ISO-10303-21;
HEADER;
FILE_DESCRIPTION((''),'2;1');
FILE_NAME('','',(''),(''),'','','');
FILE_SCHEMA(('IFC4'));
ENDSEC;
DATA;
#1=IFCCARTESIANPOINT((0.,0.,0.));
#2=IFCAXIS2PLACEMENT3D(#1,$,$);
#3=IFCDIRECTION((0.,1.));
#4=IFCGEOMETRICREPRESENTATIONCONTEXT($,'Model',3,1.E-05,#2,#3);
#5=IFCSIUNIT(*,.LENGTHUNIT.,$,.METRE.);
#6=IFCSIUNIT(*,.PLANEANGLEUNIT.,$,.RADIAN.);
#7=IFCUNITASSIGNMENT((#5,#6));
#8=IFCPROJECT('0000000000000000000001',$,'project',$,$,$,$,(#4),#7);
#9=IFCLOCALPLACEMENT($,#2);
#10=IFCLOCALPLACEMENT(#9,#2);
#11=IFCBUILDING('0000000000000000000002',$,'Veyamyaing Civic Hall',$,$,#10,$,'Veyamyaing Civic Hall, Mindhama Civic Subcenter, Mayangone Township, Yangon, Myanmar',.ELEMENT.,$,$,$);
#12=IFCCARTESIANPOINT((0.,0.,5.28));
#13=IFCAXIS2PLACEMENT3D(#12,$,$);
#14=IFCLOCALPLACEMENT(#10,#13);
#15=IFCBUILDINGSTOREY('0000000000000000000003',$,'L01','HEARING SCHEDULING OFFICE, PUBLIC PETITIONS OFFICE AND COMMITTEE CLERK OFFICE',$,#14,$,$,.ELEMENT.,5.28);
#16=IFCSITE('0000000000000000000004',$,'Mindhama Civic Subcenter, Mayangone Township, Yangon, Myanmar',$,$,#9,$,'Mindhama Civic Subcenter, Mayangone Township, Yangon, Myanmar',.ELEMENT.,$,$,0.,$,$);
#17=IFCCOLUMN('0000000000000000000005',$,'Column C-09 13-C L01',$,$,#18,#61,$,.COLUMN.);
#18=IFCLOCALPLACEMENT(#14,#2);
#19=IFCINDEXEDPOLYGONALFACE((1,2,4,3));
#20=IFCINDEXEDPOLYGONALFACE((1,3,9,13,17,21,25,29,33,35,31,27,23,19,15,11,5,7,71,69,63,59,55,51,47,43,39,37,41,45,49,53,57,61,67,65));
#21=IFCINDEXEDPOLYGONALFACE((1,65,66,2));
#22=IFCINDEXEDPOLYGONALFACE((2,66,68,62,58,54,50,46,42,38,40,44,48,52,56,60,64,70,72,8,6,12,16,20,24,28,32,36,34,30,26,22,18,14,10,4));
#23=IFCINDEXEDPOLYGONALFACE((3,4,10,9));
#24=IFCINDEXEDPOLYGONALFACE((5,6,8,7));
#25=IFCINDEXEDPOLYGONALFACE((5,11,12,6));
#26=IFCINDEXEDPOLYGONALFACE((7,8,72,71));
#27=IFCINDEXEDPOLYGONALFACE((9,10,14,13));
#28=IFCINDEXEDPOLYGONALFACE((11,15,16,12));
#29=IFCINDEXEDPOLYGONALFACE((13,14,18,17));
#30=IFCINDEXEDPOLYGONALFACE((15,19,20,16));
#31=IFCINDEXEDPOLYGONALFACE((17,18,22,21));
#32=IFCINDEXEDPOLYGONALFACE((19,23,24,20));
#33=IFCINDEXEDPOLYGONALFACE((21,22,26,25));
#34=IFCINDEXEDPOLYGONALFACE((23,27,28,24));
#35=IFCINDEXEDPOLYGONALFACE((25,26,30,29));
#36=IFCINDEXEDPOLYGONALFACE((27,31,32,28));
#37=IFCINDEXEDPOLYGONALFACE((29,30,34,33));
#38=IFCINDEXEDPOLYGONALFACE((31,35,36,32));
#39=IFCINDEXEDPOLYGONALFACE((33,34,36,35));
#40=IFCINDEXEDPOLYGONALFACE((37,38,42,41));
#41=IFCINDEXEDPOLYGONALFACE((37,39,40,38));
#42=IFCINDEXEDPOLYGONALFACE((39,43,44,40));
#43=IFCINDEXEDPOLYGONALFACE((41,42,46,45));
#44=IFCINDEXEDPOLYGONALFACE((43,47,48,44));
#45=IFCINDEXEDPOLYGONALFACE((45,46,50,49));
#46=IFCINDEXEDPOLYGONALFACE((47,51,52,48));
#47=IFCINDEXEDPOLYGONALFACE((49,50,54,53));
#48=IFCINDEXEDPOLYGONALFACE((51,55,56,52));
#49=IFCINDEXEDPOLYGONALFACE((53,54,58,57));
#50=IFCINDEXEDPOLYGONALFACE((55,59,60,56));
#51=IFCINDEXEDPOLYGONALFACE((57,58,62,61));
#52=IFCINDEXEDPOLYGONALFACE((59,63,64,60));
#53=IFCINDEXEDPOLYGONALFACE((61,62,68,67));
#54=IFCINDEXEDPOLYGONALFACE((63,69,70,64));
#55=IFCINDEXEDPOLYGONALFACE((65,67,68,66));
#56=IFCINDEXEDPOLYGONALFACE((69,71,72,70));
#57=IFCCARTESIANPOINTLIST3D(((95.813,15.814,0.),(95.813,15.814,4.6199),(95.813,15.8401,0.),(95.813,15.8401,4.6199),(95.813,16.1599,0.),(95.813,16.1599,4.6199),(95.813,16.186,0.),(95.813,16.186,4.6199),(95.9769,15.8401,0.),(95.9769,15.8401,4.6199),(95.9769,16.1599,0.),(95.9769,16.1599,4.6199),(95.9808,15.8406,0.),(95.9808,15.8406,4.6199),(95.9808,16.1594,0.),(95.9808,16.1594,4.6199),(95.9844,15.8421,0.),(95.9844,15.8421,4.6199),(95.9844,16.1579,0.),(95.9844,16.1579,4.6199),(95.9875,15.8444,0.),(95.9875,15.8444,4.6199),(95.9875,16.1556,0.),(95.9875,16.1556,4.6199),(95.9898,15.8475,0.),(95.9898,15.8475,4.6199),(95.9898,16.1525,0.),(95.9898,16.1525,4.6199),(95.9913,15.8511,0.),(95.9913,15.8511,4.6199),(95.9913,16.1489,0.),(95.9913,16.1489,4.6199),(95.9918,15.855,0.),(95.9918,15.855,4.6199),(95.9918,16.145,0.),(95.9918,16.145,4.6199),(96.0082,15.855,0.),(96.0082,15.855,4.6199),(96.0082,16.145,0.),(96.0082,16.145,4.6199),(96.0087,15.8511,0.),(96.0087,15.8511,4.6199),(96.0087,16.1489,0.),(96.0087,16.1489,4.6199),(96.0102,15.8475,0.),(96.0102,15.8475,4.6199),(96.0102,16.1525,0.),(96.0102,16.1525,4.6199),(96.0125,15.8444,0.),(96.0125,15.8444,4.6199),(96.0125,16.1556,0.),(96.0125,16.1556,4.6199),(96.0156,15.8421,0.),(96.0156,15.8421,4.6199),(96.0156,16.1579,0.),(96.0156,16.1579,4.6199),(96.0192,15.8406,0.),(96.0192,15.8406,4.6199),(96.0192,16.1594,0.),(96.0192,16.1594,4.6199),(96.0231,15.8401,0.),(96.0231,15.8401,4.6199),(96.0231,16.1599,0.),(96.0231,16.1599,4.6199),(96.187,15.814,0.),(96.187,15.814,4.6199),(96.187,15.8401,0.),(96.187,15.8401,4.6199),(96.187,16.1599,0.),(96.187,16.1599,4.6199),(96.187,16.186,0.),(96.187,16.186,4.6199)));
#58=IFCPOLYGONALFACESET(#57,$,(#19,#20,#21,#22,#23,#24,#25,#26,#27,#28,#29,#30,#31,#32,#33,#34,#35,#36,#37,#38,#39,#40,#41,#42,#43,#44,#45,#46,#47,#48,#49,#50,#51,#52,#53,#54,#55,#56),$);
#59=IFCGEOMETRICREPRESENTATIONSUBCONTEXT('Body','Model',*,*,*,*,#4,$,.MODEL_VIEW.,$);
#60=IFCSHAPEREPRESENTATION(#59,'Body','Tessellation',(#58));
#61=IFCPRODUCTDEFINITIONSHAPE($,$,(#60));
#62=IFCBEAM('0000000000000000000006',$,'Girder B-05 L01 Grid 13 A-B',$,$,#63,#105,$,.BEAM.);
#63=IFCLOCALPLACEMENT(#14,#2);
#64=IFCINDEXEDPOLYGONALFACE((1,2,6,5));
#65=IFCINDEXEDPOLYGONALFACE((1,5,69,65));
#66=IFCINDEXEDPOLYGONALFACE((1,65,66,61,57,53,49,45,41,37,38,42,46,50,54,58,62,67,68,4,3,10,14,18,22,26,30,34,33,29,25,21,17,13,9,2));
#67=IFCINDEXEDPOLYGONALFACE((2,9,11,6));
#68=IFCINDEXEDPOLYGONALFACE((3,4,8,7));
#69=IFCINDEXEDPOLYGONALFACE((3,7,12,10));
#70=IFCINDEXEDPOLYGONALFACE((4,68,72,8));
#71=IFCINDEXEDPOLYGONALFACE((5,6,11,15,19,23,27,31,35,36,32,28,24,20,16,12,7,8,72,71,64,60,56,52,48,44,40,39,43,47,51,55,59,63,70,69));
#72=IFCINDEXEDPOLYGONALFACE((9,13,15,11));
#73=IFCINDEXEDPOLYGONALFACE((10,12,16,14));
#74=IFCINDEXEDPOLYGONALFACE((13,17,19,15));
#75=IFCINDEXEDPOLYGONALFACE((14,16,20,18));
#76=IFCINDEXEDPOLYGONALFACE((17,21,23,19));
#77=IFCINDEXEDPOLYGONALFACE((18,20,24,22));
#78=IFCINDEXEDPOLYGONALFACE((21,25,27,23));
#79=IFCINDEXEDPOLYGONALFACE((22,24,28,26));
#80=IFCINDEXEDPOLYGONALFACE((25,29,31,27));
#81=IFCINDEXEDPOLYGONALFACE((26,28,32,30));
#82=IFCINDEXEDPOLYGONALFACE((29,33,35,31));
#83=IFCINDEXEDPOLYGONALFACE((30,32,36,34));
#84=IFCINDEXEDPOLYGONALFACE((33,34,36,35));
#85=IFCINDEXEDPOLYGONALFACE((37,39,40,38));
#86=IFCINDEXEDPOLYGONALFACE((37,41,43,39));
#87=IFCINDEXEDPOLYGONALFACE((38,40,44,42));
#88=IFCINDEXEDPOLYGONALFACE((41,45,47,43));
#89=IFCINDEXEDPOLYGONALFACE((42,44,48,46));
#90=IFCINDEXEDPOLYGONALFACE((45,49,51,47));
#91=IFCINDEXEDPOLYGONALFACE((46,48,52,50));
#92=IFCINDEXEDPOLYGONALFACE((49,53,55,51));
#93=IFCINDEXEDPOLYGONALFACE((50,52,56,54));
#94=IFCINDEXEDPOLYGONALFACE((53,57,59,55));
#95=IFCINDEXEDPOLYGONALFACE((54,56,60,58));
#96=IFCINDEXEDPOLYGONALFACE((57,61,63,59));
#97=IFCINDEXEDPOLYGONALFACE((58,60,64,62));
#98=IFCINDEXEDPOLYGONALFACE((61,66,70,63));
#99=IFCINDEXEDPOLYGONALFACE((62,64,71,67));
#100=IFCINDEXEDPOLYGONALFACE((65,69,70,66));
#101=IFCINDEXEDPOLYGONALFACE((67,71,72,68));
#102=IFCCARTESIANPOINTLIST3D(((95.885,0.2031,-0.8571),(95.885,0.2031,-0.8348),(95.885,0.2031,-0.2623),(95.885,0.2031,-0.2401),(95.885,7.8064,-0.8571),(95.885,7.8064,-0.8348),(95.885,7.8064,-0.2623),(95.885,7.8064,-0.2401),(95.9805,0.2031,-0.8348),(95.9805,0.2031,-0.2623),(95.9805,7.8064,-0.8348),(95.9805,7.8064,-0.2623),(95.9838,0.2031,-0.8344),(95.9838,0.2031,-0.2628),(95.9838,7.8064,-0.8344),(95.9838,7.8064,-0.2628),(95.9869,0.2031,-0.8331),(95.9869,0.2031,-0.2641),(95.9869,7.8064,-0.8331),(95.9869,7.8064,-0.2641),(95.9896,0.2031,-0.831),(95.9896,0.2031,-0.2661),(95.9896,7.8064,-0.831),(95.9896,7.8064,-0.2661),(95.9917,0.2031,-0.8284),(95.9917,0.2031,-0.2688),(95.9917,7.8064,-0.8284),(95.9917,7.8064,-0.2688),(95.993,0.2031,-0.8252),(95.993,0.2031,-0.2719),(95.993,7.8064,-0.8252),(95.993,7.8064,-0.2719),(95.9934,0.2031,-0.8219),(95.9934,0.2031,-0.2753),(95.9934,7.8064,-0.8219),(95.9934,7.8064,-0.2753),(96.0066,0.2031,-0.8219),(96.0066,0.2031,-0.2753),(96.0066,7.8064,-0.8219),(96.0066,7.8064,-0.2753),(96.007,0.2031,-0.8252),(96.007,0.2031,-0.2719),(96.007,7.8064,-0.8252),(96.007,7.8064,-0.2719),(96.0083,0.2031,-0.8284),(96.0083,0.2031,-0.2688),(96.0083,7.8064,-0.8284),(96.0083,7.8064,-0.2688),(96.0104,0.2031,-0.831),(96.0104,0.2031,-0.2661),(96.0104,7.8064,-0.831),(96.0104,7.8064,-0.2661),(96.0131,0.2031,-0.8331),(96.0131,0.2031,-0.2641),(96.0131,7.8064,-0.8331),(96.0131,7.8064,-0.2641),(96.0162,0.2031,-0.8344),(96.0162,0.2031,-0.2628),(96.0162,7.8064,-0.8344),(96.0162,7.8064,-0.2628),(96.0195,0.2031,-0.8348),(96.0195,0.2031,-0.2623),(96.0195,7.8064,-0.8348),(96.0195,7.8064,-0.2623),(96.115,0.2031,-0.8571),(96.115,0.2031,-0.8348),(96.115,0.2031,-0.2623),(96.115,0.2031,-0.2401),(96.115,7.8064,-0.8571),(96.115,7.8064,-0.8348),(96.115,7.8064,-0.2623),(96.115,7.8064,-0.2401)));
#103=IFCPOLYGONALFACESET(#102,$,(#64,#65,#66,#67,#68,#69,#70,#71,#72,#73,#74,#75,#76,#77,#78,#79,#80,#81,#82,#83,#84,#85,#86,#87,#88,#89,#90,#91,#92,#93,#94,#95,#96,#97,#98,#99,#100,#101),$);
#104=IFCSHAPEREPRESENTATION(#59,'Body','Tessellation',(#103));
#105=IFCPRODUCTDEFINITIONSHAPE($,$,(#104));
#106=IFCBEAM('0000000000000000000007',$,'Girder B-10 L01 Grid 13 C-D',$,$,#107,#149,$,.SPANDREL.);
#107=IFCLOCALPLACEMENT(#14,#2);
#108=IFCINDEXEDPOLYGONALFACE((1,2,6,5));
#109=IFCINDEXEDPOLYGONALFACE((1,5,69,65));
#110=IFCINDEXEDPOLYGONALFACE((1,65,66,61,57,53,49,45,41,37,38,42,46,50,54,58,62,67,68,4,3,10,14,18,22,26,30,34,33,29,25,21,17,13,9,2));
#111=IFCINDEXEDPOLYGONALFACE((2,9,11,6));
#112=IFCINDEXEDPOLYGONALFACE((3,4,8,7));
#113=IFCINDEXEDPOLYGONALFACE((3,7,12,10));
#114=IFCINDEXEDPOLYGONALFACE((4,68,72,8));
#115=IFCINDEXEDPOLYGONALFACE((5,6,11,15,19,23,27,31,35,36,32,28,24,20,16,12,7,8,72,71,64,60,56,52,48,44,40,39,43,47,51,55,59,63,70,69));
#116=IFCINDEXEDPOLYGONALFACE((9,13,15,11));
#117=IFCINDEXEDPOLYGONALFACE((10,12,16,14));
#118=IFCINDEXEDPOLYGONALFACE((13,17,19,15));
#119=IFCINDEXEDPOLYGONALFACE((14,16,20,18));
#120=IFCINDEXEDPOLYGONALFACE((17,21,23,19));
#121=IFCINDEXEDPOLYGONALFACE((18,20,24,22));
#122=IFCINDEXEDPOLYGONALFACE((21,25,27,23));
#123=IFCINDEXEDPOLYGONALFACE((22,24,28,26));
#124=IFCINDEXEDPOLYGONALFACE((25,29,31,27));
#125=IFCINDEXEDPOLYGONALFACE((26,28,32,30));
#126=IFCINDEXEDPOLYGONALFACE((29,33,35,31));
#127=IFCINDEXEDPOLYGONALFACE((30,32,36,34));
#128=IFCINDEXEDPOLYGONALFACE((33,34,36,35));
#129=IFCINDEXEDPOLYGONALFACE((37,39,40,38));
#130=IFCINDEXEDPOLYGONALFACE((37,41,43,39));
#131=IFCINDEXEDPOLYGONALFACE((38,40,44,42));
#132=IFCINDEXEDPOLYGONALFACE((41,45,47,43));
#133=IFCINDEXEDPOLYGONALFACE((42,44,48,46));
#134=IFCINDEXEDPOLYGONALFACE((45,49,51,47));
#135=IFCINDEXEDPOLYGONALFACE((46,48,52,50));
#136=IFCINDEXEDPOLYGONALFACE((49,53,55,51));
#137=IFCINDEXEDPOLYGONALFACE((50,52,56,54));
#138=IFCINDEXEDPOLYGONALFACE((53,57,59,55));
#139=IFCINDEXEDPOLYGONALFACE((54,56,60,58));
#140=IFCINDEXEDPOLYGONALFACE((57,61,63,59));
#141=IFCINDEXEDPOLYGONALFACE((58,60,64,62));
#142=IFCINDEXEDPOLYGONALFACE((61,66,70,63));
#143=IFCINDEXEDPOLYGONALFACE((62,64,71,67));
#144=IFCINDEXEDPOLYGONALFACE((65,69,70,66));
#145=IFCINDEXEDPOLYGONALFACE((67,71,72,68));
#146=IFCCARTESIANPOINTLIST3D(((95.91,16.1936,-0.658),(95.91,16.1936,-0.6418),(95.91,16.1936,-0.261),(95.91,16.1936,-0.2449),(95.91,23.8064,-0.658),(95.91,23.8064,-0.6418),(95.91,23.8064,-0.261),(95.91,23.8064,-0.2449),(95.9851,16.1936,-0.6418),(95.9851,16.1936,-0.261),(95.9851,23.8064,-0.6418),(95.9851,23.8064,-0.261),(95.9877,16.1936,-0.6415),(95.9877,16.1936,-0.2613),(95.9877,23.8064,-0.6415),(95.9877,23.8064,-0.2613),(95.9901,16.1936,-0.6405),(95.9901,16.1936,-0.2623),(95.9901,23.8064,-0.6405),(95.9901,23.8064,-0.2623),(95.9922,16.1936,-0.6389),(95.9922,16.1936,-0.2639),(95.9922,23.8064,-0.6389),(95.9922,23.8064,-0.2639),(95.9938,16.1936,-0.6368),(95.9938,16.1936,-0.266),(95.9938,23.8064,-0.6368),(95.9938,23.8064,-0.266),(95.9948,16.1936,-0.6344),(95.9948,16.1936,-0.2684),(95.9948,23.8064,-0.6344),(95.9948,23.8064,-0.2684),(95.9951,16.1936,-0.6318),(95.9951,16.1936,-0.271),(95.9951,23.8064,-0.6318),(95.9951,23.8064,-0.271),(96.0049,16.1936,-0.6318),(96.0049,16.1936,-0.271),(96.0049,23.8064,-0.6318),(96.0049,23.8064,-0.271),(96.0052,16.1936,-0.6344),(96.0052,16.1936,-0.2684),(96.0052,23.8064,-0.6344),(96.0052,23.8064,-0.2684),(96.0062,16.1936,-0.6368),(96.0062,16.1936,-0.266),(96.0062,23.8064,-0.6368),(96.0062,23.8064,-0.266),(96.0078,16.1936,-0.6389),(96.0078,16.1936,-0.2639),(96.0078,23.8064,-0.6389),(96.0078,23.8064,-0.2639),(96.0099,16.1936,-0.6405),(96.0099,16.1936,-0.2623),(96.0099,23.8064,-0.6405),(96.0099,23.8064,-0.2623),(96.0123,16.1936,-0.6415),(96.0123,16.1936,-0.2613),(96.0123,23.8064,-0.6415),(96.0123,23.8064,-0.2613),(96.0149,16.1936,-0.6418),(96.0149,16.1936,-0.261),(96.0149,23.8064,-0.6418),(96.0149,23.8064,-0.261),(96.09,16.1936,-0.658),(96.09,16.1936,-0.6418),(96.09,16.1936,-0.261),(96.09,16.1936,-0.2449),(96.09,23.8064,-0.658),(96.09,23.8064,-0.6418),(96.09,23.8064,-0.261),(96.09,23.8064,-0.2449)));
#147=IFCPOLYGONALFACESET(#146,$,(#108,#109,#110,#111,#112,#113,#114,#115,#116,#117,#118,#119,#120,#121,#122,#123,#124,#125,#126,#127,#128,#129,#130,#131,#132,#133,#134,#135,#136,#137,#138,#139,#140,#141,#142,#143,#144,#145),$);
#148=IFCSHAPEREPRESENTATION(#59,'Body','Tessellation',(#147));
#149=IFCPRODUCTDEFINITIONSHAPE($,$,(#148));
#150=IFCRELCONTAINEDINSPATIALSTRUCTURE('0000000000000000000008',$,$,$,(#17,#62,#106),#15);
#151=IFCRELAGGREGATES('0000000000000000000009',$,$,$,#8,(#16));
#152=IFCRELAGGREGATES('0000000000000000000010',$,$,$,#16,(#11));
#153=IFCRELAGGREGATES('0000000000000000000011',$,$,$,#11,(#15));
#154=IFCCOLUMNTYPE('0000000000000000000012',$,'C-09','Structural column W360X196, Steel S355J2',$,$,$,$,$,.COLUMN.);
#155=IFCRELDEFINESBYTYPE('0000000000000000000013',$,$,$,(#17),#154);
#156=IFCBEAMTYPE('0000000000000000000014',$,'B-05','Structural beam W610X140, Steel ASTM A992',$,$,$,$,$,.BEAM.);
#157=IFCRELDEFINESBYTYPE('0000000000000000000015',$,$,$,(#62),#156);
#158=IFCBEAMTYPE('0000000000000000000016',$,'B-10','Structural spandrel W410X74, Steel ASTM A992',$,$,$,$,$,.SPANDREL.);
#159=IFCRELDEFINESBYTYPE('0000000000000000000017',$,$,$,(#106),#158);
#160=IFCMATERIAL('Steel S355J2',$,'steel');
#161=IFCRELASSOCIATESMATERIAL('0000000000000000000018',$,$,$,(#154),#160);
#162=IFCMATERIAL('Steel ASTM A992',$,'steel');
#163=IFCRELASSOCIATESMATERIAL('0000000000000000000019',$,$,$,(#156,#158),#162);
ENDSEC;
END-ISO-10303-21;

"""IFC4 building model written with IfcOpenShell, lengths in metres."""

from ifc_helpers import new_model, si_unit, direction, frame, origin, origin_2d, place, context, subcontext, project, spatial, i_section, extrude, material, material_profile, profile_set, type_object, element, save


model = new_model("IFC4")

# Units and contexts
model_context = context("Model", 3, precision=1e-05, world=origin(), true_north=direction((0.0, 1.0)))
body_context = subcontext(model_context, "Body", "Model", "MODEL_VIEW")
ifc_project = project(units=[si_unit("LENGTHUNIT", "METRE"), si_unit("PLANEANGLEUNIT", "RADIAN")], contexts=[model_context])

# Site, building, storey
site_placement = place(None, origin())
site = spatial("IfcSite", under=ifc_project, at=site_placement, Name="Mindhama Civic Subcenter, Mayangone Township, Yangon, Myanmar", LongName="Mindhama Civic Subcenter, Mayangone Township, Yangon, Myanmar", CompositionType="ELEMENT", RefElevation=0.0)
building_placement = place(site_placement, origin())
building = spatial("IfcBuilding", under=site, at=building_placement, Name="Veyamyaing Civic Hall", LongName="Veyamyaing Civic Hall, Mindhama Civic Subcenter, Mayangone Township, Yangon, Myanmar", CompositionType="ELEMENT")
storey_placement = place(building_placement, frame((0.0, 0.0, 5.28)))
storey = spatial("IfcBuildingStorey", under=building, at=storey_placement, Name="L01", Description="HEARING SCHEDULING OFFICE, PUBLIC PETITIONS OFFICE AND COMMITTEE CLERK OFFICE", CompositionType="ELEMENT", Elevation=5.28)

# Column
ifc_material_1 = material(Name="Steel S355J2", Category="steel")
ifc_material_profile_1 = material_profile(ifc_material_1, i_section(OverallWidth=0.374, OverallDepth=0.3721, WebThickness=0.0164, FlangeThickness=0.0261, FilletRadius=0.0149, at=origin_2d()), Name="W360X196")
ifc_profile_set_1 = profile_set([ifc_material_profile_1], Name="Steel S355J2")
column_type = type_object("IfcColumnType", Name="C-09", Description="Structural column W360X196, Steel S355J2", PredefinedType="COLUMN", material=ifc_profile_set_1)
column_placement = place(storey_placement, frame((96.0, 16.0, 0.0), z_axis=(0.0, 0.0, 1.0), x_axis=(1.0, 0.0, 0.0)))
element("IfcColumn", 1, at=column_placement, inside=storey, type_object=column_type, Name="Column C-09 13-C L01", PredefinedType="COLUMN", context=body_context, shape_type="SweptSolid", body=[
    extrude(i_section(OverallWidth=0.374, OverallDepth=0.3721, WebThickness=0.0164, FlangeThickness=0.0261, FilletRadius=0.0149, at=origin_2d()), origin(), (0.0, 0.0, 1.0), 4.6199),
])

# Beams
ifc_material_2 = material(Name="Steel ASTM A992", Category="steel")
ifc_material_profile_2 = material_profile(ifc_material_2, i_section(OverallWidth=0.23, OverallDepth=0.6169, WebThickness=0.0132, FlangeThickness=0.0222, FilletRadius=0.0129, at=origin_2d()), Name="W610X140")
ifc_profile_set_2 = profile_set([ifc_material_profile_2], Name="Steel ASTM A992")
beam_type_1 = type_object("IfcBeamType", Name="B-05", Description="Structural beam W610X140, Steel ASTM A992", PredefinedType="BEAM", material=ifc_profile_set_2)
beam_1_placement = place(storey_placement, frame((96.0, 0.2031, -0.5486), z_axis=(0.0, 1.0, 0.0), x_axis=(-1.0, 0.0, 0.0)))
element("IfcBeam", 2, at=beam_1_placement, inside=storey, type_object=beam_type_1, Name="Girder B-05 L01 Grid 13 A-B", PredefinedType="BEAM", context=body_context, shape_type="SweptSolid", body=[
    extrude(i_section(OverallWidth=0.23, OverallDepth=0.6169, WebThickness=0.0132, FlangeThickness=0.0222, FilletRadius=0.0129, at=origin_2d()), origin(), (0.0, 0.0, 1.0), 7.6033),
])
ifc_material_profile_3 = material_profile(ifc_material_2, i_section(OverallWidth=0.1799, OverallDepth=0.4131, WebThickness=0.0098, FlangeThickness=0.0161, FilletRadius=0.01, at=origin_2d()), Name="W410X74")
ifc_profile_set_3 = profile_set([ifc_material_profile_3], Name="Steel ASTM A992")
beam_type_2 = type_object("IfcBeamType", Name="B-10", Description="Structural spandrel W410X74, Steel ASTM A992", PredefinedType="SPANDREL", material=ifc_profile_set_3)
beam_2_placement = place(storey_placement, frame((96.0, 16.1936, -0.4514), z_axis=(0.0, 1.0, 0.0), x_axis=(-1.0, 0.0, 0.0)))
element("IfcBeam", 3, at=beam_2_placement, inside=storey, type_object=beam_type_2, Name="Girder B-10 L01 Grid 13 C-D", PredefinedType="SPANDREL", context=body_context, shape_type="SweptSolid", body=[
    extrude(i_section(OverallWidth=0.1799, OverallDepth=0.4131, WebThickness=0.0098, FlangeThickness=0.0161, FilletRadius=0.01, at=origin_2d()), origin(), (0.0, 0.0, 1.0), 7.6128),
])

save(model, "model.ifc")
